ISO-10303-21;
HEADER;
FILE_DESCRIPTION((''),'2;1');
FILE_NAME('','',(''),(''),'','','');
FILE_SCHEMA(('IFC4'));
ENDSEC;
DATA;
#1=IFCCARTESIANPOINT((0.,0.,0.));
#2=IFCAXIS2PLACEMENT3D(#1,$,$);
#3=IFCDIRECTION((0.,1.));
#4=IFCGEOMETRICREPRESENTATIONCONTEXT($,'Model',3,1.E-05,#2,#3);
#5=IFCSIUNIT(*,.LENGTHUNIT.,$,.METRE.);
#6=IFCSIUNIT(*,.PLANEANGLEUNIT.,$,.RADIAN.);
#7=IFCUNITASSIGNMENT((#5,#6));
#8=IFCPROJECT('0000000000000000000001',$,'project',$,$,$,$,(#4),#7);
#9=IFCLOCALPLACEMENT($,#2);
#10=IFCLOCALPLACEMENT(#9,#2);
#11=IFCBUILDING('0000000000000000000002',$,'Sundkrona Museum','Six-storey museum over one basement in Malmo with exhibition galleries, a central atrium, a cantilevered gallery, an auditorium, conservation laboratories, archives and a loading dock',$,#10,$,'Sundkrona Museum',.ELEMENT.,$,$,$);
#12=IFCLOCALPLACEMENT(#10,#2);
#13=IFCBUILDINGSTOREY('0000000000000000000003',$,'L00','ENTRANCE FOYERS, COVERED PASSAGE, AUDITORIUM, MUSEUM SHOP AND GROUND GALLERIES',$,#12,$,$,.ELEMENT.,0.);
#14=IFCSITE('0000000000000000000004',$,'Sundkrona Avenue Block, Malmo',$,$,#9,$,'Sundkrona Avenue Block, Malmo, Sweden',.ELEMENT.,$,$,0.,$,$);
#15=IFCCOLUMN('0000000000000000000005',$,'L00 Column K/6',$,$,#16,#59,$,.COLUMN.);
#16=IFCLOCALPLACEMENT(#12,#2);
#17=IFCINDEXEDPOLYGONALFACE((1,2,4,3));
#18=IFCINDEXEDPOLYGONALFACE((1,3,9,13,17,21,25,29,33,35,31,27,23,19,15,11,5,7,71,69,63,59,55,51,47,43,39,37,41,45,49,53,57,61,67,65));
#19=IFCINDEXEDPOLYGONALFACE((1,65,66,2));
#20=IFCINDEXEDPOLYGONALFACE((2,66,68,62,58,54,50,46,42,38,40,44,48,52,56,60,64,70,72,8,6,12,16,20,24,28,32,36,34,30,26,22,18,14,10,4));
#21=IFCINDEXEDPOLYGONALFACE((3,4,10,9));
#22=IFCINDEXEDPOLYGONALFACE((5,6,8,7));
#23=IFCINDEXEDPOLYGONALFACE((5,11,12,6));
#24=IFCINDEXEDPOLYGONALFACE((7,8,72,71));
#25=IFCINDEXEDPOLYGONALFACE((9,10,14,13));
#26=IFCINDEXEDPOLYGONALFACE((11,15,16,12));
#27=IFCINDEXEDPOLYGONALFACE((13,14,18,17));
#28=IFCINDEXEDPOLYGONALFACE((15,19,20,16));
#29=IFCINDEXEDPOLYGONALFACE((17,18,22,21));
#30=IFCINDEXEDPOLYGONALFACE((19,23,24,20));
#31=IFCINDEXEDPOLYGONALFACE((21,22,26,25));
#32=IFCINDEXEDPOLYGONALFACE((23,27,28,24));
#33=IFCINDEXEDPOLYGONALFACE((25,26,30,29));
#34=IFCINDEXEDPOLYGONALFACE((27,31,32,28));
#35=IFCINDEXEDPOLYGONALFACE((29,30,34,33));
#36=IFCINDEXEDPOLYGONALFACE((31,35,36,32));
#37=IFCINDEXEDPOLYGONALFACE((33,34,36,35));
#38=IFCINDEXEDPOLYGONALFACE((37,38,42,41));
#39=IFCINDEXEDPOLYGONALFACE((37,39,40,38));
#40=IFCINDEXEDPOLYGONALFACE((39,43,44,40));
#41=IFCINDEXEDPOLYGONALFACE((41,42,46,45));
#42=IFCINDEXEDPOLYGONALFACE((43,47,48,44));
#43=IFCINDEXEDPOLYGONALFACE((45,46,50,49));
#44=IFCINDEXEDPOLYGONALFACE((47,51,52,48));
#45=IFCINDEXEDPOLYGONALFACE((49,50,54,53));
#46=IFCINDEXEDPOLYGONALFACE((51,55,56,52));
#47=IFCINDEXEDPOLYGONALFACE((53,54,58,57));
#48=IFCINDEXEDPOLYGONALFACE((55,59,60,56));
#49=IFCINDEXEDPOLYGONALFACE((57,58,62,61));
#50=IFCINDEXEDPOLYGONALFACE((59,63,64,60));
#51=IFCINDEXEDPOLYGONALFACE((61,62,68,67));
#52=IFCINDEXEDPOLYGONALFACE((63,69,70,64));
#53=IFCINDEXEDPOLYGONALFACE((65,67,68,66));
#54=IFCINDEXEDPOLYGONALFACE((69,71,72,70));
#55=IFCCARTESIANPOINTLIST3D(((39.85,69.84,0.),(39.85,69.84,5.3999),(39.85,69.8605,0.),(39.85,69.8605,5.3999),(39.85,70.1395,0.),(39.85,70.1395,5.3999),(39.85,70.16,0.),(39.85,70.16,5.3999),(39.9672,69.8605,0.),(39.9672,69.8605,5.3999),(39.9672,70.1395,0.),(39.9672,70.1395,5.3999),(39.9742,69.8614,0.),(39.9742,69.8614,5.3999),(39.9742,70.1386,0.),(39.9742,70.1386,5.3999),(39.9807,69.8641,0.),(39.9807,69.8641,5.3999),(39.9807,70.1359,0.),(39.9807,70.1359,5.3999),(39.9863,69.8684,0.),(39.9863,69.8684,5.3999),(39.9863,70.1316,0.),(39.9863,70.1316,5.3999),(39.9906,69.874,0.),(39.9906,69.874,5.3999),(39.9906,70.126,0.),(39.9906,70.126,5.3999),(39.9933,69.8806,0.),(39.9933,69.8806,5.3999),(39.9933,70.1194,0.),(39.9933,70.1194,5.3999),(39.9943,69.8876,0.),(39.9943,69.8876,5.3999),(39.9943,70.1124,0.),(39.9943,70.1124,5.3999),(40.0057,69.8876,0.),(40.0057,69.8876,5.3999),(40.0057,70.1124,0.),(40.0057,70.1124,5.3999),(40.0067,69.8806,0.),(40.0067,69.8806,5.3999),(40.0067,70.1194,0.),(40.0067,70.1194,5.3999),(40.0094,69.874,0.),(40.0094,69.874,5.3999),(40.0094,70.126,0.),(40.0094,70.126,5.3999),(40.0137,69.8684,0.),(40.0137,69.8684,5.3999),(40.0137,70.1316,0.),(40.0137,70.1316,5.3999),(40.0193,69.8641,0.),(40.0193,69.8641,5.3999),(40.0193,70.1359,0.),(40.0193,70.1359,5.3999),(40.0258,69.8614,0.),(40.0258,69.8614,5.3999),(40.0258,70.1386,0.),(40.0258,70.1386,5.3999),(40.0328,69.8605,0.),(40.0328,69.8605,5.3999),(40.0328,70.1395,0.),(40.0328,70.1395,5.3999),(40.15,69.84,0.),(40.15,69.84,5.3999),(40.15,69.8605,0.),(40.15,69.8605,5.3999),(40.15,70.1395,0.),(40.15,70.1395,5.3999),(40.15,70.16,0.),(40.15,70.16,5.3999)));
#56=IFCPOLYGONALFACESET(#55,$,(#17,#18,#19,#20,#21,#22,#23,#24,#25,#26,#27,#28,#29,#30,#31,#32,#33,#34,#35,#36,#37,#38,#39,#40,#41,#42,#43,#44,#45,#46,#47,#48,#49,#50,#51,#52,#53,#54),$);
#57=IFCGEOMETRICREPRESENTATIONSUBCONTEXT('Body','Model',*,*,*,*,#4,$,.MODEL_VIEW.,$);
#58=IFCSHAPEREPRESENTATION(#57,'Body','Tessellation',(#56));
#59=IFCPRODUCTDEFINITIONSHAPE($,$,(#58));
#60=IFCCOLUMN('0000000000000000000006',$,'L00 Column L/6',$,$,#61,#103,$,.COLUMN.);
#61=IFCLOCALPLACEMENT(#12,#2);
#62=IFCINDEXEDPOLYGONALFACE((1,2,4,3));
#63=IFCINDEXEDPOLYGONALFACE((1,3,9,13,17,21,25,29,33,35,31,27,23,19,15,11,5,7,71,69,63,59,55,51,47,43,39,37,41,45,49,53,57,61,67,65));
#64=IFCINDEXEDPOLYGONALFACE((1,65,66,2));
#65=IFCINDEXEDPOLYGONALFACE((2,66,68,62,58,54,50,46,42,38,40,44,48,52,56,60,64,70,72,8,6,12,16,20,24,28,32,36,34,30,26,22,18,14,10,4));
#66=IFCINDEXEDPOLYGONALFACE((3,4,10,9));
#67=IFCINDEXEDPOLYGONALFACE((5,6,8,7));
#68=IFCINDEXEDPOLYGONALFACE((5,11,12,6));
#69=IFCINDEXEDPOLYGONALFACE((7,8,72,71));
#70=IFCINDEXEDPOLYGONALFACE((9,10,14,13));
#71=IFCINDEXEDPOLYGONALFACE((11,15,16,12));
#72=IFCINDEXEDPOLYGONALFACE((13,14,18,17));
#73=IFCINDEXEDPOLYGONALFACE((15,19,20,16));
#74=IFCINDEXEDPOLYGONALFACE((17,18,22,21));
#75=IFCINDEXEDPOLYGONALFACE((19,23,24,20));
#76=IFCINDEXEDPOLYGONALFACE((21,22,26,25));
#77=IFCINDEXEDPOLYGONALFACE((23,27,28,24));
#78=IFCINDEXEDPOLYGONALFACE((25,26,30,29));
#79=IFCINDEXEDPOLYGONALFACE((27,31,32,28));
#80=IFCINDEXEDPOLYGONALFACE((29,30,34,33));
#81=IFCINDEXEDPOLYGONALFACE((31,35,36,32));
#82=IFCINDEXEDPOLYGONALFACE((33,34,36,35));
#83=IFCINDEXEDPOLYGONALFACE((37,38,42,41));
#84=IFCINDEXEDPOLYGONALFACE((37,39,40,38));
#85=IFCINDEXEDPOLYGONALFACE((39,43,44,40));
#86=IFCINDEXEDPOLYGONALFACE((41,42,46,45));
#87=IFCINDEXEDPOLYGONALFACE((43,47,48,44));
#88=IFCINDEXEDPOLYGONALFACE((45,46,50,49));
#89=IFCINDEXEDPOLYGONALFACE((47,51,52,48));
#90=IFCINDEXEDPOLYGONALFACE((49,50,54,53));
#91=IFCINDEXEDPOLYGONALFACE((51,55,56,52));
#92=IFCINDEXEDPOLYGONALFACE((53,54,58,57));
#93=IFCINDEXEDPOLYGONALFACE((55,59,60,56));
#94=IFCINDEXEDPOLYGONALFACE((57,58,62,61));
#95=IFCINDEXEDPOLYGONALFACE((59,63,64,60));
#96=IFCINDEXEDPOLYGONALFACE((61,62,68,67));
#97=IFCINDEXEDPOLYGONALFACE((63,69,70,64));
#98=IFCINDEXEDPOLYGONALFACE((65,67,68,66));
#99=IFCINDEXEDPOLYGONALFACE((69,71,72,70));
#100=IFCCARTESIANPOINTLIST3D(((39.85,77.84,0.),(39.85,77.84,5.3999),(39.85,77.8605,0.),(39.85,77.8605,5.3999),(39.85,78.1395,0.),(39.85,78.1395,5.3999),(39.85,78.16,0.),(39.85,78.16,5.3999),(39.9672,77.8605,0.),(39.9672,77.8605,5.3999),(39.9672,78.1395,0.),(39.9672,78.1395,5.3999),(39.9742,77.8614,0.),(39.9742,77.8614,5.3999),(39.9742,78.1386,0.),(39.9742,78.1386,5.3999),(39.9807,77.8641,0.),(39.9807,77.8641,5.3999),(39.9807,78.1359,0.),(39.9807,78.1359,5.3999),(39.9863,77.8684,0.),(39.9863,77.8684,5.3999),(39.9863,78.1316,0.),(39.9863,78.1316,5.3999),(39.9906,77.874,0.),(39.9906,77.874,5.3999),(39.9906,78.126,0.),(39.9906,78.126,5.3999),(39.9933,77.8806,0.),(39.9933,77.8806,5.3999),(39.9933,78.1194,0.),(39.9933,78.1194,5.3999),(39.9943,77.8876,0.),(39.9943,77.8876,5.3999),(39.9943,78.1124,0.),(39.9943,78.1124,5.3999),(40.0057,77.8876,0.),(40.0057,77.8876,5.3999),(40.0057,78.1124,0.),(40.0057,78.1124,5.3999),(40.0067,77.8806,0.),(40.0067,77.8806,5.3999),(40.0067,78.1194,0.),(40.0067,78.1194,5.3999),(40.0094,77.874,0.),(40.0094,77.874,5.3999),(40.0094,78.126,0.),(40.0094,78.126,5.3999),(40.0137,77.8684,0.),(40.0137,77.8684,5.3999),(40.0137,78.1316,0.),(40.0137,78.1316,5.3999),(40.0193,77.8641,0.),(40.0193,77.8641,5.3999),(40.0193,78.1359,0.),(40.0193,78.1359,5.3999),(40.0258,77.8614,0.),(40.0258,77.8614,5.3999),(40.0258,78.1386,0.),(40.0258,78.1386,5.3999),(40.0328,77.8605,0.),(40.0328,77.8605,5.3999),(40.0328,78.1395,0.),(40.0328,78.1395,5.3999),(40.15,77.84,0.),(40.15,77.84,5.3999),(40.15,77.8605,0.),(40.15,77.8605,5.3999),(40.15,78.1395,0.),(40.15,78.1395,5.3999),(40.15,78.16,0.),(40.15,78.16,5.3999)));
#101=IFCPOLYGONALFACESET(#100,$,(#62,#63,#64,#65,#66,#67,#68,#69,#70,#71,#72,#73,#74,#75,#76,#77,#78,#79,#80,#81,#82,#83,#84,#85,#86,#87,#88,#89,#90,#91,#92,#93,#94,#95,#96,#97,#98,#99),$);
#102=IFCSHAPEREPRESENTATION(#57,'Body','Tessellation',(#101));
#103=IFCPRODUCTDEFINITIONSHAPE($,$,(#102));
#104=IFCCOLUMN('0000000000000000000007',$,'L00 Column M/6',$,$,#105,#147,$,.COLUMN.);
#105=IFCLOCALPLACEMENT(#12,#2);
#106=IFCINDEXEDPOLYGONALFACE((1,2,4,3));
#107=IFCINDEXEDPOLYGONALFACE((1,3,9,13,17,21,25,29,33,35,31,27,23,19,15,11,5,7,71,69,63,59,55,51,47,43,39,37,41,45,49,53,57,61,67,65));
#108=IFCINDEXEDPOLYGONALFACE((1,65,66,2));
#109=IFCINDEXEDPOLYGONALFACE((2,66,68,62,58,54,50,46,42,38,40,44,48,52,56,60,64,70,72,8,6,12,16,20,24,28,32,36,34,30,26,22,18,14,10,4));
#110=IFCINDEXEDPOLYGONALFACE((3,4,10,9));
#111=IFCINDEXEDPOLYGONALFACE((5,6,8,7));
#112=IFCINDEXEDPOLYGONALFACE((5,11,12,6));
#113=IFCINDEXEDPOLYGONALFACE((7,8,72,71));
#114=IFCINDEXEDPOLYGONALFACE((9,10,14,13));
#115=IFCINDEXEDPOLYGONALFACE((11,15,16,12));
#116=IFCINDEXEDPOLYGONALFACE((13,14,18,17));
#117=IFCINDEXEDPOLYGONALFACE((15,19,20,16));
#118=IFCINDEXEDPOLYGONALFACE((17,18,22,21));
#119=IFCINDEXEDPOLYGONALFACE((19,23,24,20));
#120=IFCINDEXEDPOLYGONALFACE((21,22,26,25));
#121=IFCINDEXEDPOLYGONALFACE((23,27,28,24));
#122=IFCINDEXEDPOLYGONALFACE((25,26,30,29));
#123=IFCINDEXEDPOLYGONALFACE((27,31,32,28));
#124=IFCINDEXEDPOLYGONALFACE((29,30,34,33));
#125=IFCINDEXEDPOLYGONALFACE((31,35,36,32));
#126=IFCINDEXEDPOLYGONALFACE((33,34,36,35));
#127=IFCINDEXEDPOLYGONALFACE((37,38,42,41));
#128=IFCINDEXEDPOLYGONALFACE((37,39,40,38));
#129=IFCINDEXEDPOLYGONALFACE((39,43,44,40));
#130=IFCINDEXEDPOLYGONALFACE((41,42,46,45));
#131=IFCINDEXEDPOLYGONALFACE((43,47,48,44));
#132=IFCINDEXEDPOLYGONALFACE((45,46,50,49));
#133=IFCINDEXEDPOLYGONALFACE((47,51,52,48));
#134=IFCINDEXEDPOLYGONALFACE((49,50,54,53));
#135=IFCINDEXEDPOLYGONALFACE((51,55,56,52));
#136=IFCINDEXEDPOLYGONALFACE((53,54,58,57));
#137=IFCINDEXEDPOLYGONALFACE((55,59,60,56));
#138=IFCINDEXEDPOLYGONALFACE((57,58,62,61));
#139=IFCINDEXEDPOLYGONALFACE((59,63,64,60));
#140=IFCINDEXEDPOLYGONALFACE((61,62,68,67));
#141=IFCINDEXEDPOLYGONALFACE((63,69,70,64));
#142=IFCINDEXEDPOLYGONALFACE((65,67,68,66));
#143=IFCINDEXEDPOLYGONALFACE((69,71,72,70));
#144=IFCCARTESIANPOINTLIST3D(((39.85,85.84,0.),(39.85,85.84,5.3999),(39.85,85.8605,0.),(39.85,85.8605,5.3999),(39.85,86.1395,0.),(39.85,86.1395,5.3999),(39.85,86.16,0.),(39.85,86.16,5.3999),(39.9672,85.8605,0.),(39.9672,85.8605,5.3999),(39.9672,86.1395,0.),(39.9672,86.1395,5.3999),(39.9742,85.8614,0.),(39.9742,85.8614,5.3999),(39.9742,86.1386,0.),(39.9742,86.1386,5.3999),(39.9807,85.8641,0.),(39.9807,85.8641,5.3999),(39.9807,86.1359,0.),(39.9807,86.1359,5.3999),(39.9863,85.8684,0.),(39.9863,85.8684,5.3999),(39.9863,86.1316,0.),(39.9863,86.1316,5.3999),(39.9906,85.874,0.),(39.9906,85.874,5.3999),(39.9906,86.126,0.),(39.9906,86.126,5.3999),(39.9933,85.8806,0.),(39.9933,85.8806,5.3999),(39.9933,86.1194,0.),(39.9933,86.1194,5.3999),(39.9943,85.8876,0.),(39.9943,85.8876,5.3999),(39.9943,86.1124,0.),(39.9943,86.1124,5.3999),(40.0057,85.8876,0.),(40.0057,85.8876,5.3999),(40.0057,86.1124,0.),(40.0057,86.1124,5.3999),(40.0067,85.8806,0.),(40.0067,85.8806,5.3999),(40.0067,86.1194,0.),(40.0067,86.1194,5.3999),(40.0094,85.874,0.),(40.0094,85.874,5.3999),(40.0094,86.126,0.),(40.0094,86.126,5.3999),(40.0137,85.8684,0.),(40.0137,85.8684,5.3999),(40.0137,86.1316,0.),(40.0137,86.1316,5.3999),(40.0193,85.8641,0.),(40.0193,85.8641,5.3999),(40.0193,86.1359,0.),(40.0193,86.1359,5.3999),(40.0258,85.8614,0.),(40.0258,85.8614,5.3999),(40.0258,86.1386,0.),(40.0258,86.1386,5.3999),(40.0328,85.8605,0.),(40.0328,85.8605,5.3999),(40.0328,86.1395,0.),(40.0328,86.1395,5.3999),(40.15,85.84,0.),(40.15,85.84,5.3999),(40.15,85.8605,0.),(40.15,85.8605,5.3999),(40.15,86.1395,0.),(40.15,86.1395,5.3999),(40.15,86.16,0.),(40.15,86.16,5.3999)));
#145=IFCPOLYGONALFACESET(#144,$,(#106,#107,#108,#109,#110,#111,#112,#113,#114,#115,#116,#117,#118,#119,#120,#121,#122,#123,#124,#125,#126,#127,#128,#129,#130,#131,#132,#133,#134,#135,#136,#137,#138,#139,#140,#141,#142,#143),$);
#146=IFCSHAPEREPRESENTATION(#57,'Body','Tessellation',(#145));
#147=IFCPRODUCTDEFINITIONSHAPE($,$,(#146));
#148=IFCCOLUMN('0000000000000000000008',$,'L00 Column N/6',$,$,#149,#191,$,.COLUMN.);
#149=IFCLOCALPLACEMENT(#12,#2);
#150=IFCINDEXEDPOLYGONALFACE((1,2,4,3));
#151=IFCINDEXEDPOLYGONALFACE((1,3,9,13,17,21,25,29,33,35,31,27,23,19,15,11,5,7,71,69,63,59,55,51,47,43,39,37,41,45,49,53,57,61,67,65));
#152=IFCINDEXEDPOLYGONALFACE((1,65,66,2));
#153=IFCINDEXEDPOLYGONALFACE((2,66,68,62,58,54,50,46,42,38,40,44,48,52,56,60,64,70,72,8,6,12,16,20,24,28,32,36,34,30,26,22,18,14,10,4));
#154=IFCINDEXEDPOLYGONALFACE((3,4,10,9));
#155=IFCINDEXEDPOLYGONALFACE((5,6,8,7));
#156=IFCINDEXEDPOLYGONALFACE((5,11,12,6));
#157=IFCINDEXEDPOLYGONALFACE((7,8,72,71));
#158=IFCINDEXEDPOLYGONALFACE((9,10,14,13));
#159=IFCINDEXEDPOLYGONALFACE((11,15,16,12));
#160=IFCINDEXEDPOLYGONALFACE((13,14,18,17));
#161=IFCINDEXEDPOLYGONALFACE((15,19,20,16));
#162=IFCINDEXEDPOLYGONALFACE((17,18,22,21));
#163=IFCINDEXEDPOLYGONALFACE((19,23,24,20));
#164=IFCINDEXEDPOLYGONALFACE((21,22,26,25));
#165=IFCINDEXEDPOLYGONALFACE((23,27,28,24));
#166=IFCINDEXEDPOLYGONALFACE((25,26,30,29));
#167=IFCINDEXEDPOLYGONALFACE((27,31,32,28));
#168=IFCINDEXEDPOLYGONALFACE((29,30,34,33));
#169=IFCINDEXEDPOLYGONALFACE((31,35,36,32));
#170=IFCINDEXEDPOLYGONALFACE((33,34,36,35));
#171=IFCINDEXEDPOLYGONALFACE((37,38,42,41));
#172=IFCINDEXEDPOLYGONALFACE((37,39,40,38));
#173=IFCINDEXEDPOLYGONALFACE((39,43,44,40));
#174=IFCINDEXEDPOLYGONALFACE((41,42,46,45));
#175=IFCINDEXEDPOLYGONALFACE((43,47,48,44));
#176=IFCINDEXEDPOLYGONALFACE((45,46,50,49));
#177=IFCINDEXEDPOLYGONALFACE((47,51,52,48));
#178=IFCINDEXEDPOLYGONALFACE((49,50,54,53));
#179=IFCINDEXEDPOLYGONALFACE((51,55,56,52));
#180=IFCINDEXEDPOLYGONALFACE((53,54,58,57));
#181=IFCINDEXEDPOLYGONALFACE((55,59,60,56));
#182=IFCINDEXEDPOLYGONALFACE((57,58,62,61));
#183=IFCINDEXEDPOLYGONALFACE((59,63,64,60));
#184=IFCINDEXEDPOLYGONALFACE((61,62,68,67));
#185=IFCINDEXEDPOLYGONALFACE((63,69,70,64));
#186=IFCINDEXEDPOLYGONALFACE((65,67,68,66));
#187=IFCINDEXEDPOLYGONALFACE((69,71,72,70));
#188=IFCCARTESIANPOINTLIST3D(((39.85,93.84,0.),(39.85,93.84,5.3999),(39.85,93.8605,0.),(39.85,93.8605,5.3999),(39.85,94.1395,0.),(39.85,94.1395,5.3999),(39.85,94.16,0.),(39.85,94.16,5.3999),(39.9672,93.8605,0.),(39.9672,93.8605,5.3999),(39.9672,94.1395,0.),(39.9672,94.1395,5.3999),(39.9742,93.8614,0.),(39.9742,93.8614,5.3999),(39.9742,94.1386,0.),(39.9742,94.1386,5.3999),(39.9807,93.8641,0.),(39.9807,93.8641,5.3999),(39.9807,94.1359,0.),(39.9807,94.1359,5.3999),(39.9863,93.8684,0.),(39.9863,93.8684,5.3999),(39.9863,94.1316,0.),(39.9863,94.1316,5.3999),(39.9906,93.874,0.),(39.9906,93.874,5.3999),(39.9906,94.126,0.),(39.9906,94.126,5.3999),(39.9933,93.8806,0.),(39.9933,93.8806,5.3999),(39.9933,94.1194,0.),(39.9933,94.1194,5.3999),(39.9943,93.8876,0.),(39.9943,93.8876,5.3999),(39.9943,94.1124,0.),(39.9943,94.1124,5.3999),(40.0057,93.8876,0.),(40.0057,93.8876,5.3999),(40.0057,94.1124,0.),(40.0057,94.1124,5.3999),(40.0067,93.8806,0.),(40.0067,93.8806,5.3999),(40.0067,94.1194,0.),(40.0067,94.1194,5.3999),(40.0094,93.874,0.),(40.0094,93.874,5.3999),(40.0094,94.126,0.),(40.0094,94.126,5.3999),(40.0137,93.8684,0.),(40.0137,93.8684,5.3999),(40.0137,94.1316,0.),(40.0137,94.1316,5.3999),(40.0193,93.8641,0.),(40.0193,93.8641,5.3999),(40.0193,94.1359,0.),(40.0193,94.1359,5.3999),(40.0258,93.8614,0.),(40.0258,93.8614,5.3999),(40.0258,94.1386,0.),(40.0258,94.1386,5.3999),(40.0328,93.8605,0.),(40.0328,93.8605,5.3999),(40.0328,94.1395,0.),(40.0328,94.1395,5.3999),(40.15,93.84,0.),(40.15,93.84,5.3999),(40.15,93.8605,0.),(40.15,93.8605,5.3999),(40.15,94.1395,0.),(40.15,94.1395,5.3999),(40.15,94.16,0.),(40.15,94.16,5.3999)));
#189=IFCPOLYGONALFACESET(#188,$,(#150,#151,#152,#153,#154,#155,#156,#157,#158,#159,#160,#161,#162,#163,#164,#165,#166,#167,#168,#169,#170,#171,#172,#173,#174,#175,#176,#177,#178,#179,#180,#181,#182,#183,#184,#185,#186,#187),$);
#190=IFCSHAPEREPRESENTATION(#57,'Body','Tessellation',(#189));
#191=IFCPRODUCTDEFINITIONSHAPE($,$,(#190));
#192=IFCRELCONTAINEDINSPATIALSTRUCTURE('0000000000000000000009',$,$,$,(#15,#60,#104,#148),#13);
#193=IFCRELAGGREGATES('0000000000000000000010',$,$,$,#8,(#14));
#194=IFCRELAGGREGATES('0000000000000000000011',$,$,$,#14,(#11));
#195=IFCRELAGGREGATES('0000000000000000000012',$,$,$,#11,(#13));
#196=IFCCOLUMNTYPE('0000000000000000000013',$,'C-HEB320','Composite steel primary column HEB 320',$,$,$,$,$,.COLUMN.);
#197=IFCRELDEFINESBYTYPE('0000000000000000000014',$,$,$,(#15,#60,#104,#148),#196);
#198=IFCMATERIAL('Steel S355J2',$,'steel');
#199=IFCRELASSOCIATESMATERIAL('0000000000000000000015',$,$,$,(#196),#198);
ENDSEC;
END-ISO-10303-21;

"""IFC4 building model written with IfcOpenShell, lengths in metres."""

from ifc_helpers import new_model, si_unit, direction, frame, origin, origin_2d, place, context, subcontext, project, spatial, i_section, extrude, material, material_profile, profile_set, type_object, element, save


model = new_model("IFC4")

# Units and contexts
model_context = context("Model", 3, precision=1e-05, world=origin(), true_north=direction((0.0, 1.0)))
body_context = subcontext(model_context, "Body", "Model", "MODEL_VIEW")
ifc_project = project(units=[si_unit("LENGTHUNIT", "METRE"), si_unit("PLANEANGLEUNIT", "RADIAN")], contexts=[model_context])

# Site, building, storey
site_placement = place(None, origin())
site = spatial("IfcSite", under=ifc_project, at=site_placement, Name="Sundkrona Avenue Block, Malmo", LongName="Sundkrona Avenue Block, Malmo, Sweden", CompositionType="ELEMENT", RefElevation=0.0)
building_placement = place(site_placement, origin())
building = spatial("IfcBuilding", under=site, at=building_placement, Name="Sundkrona Museum", Description="Six-storey museum over one basement in Malmo with exhibition galleries, a central atrium, a cantilevered gallery, an auditorium, conservation laboratories, archives and a loading dock", LongName="Sundkrona Museum", CompositionType="ELEMENT")
storey_placement = place(building_placement, origin())
storey = spatial("IfcBuildingStorey", under=building, at=storey_placement, Name="L00", Description="ENTRANCE FOYERS, COVERED PASSAGE, AUDITORIUM, MUSEUM SHOP AND GROUND GALLERIES", CompositionType="ELEMENT", Elevation=0.0)

# Columns
ifc_material_1 = material(Name="Steel S355J2", Category="steel")
ifc_material_profile_1 = material_profile(ifc_material_1, i_section(OverallWidth=0.3, OverallDepth=0.3201, WebThickness=0.0115, FlangeThickness=0.0205, FilletRadius=0.0271, at=origin_2d()), Name="HEB 320")
ifc_profile_set_1 = profile_set([ifc_material_profile_1], Name="Steel S355J2")
column_type = type_object("IfcColumnType", Name="C-HEB320", Description="Composite steel primary column HEB 320", PredefinedType="COLUMN", material=ifc_profile_set_1)
for number, where, z_axis, x_axis, name in (
    (1, (40.0, 70.0, 0.0), (0.0, 0.0, 1.0), (1.0, 0.0, 0.0), "L00 Column K/6"),
    (2, (40.0, 78.0, 0.0), (0.0, 0.0, 1.0), (1.0, 0.0, 0.0), "L00 Column L/6"),
    (3, (40.0, 86.0, 0.0), (0.0, 0.0, 1.0), (1.0, 0.0, 0.0), "L00 Column M/6"),
    (4, (40.0, 94.0, 0.0), (0.0, 0.0, 1.0), (1.0, 0.0, 0.0), "L00 Column N/6"),
):
    element("IfcColumn", number, at=place(storey_placement, frame(where, z_axis=z_axis, x_axis=x_axis)), inside=storey, type_object=column_type, Name=name, PredefinedType="COLUMN", context=body_context, shape_type="SweptSolid", body=[
        extrude(i_section(OverallWidth=0.3, OverallDepth=0.3201, WebThickness=0.0115, FlangeThickness=0.0205, FilletRadius=0.0271, at=origin_2d()), origin(), (0.0, 0.0, 1.0), 5.3999),
    ])

save(model, "model.ifc")
